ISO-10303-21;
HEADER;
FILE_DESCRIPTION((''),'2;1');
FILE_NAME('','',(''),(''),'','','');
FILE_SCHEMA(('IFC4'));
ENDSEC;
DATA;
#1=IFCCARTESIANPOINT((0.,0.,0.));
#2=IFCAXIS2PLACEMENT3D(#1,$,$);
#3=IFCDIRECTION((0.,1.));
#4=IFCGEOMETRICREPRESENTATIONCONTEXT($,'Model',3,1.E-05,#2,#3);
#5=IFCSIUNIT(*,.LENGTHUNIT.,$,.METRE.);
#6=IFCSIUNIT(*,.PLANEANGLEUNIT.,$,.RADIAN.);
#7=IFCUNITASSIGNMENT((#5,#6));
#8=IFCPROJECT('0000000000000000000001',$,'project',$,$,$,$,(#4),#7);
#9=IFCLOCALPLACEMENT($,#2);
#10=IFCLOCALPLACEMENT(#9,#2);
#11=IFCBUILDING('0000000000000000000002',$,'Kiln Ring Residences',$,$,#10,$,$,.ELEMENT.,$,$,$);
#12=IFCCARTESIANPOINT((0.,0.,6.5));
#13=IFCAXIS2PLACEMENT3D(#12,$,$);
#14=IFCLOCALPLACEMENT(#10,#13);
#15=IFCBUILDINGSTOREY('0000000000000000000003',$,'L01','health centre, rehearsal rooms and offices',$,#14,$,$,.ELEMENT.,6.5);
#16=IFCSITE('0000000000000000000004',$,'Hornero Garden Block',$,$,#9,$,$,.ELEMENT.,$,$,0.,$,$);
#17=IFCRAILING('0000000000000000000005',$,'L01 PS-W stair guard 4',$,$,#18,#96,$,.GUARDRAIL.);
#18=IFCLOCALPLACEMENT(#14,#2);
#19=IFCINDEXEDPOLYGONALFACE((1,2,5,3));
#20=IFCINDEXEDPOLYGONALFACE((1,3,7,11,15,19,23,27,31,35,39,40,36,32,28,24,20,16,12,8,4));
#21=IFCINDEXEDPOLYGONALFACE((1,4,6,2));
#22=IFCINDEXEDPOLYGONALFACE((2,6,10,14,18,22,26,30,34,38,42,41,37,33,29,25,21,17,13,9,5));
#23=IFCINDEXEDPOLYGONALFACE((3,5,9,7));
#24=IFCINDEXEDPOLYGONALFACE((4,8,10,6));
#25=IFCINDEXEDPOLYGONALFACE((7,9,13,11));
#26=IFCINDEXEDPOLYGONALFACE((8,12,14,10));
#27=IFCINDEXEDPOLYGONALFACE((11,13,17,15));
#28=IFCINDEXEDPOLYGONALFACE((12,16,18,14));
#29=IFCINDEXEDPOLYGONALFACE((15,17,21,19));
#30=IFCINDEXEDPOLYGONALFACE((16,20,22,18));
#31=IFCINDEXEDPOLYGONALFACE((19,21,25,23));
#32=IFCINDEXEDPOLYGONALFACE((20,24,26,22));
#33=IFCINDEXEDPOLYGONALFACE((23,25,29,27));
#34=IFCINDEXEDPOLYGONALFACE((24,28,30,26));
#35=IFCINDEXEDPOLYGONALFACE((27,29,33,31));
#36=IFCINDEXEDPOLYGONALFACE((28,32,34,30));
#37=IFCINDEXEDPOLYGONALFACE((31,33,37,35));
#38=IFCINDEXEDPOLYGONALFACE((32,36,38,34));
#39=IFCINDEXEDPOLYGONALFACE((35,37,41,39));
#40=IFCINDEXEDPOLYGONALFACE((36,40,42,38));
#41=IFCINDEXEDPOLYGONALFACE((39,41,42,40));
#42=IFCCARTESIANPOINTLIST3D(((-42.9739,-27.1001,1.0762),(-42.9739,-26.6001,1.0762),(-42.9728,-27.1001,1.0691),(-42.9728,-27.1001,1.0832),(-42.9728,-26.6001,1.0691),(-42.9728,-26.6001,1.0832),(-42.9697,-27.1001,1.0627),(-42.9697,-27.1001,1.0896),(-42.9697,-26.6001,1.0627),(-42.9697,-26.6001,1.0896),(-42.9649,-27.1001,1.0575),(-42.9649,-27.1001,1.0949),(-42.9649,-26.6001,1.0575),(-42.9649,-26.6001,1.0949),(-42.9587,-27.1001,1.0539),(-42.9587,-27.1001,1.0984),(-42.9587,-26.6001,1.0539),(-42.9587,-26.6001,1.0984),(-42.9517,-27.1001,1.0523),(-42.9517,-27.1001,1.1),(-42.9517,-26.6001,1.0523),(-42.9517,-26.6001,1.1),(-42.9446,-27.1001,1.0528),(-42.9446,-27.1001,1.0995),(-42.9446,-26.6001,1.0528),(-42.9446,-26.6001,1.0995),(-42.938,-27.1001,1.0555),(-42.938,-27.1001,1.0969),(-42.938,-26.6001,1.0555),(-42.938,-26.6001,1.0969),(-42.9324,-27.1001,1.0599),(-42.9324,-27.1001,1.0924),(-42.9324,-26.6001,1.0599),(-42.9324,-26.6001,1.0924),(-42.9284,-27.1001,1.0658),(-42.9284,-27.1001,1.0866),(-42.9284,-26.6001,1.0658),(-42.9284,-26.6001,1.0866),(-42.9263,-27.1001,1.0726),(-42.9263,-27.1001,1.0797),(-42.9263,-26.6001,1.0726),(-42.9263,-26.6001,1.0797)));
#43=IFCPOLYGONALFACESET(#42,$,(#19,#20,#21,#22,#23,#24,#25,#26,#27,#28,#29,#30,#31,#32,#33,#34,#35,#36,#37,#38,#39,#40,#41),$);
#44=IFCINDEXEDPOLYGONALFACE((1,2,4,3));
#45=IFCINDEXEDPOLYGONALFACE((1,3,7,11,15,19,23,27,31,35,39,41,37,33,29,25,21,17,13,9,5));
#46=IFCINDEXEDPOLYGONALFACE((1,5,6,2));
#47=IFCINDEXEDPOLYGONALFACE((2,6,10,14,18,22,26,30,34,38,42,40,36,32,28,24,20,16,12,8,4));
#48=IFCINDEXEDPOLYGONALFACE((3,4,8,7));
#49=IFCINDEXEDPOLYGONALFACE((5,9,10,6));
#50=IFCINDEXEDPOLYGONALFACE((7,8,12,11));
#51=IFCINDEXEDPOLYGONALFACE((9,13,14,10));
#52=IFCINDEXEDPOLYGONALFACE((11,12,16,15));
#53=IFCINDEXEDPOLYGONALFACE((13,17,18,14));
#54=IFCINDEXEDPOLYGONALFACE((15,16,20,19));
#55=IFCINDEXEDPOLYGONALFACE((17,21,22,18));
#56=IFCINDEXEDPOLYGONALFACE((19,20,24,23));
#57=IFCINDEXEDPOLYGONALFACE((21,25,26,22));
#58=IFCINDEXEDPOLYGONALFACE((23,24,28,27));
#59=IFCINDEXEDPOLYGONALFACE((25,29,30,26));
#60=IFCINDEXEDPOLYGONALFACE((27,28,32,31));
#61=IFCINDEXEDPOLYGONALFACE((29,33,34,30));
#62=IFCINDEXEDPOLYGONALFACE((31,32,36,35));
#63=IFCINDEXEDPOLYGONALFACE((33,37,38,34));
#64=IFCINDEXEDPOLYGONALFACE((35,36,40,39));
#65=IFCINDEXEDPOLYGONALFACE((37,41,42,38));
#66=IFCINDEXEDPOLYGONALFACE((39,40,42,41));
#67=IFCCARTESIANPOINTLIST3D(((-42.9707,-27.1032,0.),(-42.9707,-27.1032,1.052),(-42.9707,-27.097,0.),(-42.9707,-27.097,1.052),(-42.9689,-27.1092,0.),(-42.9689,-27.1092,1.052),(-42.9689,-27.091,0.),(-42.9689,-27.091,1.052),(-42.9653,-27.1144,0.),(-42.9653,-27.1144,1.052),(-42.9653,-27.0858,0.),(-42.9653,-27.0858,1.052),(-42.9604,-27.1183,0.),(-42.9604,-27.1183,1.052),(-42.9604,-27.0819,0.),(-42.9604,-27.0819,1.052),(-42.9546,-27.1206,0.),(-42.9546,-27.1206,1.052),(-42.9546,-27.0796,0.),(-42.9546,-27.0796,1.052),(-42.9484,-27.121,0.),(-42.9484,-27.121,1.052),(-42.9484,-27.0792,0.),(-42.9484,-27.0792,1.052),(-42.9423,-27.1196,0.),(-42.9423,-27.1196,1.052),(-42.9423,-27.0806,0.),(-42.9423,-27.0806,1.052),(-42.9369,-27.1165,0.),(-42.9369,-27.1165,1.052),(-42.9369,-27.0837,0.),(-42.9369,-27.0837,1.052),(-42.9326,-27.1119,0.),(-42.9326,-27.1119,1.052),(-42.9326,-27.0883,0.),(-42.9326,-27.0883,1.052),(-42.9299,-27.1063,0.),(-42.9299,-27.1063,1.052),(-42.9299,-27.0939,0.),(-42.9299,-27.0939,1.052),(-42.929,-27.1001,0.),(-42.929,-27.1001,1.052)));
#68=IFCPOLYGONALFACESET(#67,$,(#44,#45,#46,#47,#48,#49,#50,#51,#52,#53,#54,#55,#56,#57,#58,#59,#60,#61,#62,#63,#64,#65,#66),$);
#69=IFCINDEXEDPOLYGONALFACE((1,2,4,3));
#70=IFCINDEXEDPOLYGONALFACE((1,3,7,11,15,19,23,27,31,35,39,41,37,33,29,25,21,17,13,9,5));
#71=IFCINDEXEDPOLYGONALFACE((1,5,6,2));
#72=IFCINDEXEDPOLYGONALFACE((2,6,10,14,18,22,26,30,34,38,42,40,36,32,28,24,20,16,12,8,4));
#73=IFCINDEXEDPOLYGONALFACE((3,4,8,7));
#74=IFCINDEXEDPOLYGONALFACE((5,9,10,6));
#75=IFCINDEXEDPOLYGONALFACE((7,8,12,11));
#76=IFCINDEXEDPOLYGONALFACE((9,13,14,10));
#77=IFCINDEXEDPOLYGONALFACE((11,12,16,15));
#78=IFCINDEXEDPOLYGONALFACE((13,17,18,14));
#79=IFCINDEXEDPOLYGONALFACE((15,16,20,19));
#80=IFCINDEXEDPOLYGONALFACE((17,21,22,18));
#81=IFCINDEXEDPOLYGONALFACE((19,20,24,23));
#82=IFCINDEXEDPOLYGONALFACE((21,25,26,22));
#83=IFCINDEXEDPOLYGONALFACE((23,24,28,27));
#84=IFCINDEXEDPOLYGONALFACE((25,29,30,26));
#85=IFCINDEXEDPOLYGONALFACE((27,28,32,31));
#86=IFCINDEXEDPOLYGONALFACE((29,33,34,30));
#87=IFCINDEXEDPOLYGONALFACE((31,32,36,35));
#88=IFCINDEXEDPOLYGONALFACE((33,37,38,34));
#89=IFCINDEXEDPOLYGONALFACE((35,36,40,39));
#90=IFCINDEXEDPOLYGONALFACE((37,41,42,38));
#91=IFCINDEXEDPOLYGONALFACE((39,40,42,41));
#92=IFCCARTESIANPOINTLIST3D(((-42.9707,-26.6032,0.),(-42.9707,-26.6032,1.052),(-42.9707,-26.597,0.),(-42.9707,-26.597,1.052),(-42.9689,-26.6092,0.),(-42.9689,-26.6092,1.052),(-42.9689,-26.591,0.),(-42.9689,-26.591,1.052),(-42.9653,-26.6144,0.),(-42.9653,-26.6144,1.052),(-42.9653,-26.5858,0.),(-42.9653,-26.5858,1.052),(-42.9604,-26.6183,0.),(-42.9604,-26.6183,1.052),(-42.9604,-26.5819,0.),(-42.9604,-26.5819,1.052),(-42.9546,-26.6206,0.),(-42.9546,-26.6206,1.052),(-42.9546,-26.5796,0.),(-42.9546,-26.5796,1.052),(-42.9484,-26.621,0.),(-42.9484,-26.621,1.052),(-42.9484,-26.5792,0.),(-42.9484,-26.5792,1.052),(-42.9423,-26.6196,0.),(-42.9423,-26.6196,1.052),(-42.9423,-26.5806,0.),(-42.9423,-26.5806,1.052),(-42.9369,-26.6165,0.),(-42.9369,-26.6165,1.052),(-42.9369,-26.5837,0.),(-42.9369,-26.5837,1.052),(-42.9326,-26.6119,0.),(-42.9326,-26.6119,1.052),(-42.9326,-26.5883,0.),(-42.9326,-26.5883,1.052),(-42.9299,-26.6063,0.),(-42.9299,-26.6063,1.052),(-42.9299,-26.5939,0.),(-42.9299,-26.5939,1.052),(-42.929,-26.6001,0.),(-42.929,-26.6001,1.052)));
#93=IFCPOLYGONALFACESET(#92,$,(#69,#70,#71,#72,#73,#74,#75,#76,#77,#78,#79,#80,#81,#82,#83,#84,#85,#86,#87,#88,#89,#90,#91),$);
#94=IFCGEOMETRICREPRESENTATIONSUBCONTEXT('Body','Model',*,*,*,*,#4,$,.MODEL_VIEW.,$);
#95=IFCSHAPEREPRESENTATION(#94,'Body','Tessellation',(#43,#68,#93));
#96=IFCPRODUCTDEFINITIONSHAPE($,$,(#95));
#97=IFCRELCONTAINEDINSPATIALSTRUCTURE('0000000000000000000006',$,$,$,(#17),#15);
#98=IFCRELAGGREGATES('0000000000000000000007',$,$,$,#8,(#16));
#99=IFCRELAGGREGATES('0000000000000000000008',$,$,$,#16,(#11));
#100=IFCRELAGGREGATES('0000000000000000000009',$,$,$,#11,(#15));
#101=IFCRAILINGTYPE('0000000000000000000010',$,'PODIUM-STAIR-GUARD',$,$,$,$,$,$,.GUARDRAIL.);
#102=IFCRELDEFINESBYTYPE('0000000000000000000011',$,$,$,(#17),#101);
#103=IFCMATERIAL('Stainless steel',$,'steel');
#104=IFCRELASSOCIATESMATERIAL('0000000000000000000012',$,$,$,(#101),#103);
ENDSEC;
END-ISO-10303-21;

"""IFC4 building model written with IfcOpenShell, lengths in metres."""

from ifc_helpers import new_model, si_unit, direction, frame, origin, origin_2d, place, context, subcontext, project, spatial, circle, extrude, material, type_object, element, save


model = new_model("IFC4")

# Units and contexts
model_context = context("Model", 3, precision=1e-05, world=origin(), true_north=direction((0.0, 1.0)))
body_context = subcontext(model_context, "Body", "Model", "MODEL_VIEW")
ifc_project = project(units=[si_unit("LENGTHUNIT", "METRE"), si_unit("PLANEANGLEUNIT", "RADIAN")], contexts=[model_context])

# Site, building, storey
site_placement = place(None, origin())
site = spatial("IfcSite", under=ifc_project, at=site_placement, Name="Hornero Garden Block", CompositionType="ELEMENT", RefElevation=0.0)
building_placement = place(site_placement, origin())
building = spatial("IfcBuilding", under=site, at=building_placement, Name="Kiln Ring Residences", CompositionType="ELEMENT")
storey_placement = place(building_placement, frame((0.0, 0.0, 6.5)))
storey = spatial("IfcBuildingStorey", under=building, at=storey_placement, Name="L01", Description="health centre, rehearsal rooms and offices", CompositionType="ELEMENT", Elevation=6.5)

# Railing
ifc_material_1 = material(Name="Stainless steel", Category="steel")
railing_type_1 = type_object("IfcRailingType", Name="PODIUM-STAIR-GUARD", PredefinedType="GUARDRAIL", material=ifc_material_1)
railing_1_placement = place(storey_placement, frame((-42.95, -27.1001, 0.0)))
element("IfcRailing", 1, at=railing_1_placement, inside=storey, type_object=railing_type_1, Name="L01 PS-W stair guard 4", PredefinedType="GUARDRAIL", context=body_context, shape_type="SweptSolid", body=[
    extrude(circle(Radius=0.0239, at=origin_2d()), frame((0.0, 0.0, 1.0762), z_axis=(0.0, 1.0, 0.0), x_axis=(-1.0, 0.0, 0.0)), (0.0, 0.0, 1.0), 0.5),
    extrude(circle(Radius=0.021, at=origin_2d()), origin(), (0.0, 0.0, 1.0), 1.052),
    extrude(circle(Radius=0.021, at=origin_2d()), frame((0.0, 0.5, 0.0)), (0.0, 0.0, 1.0), 1.052),
])

save(model, "model.ifc")
